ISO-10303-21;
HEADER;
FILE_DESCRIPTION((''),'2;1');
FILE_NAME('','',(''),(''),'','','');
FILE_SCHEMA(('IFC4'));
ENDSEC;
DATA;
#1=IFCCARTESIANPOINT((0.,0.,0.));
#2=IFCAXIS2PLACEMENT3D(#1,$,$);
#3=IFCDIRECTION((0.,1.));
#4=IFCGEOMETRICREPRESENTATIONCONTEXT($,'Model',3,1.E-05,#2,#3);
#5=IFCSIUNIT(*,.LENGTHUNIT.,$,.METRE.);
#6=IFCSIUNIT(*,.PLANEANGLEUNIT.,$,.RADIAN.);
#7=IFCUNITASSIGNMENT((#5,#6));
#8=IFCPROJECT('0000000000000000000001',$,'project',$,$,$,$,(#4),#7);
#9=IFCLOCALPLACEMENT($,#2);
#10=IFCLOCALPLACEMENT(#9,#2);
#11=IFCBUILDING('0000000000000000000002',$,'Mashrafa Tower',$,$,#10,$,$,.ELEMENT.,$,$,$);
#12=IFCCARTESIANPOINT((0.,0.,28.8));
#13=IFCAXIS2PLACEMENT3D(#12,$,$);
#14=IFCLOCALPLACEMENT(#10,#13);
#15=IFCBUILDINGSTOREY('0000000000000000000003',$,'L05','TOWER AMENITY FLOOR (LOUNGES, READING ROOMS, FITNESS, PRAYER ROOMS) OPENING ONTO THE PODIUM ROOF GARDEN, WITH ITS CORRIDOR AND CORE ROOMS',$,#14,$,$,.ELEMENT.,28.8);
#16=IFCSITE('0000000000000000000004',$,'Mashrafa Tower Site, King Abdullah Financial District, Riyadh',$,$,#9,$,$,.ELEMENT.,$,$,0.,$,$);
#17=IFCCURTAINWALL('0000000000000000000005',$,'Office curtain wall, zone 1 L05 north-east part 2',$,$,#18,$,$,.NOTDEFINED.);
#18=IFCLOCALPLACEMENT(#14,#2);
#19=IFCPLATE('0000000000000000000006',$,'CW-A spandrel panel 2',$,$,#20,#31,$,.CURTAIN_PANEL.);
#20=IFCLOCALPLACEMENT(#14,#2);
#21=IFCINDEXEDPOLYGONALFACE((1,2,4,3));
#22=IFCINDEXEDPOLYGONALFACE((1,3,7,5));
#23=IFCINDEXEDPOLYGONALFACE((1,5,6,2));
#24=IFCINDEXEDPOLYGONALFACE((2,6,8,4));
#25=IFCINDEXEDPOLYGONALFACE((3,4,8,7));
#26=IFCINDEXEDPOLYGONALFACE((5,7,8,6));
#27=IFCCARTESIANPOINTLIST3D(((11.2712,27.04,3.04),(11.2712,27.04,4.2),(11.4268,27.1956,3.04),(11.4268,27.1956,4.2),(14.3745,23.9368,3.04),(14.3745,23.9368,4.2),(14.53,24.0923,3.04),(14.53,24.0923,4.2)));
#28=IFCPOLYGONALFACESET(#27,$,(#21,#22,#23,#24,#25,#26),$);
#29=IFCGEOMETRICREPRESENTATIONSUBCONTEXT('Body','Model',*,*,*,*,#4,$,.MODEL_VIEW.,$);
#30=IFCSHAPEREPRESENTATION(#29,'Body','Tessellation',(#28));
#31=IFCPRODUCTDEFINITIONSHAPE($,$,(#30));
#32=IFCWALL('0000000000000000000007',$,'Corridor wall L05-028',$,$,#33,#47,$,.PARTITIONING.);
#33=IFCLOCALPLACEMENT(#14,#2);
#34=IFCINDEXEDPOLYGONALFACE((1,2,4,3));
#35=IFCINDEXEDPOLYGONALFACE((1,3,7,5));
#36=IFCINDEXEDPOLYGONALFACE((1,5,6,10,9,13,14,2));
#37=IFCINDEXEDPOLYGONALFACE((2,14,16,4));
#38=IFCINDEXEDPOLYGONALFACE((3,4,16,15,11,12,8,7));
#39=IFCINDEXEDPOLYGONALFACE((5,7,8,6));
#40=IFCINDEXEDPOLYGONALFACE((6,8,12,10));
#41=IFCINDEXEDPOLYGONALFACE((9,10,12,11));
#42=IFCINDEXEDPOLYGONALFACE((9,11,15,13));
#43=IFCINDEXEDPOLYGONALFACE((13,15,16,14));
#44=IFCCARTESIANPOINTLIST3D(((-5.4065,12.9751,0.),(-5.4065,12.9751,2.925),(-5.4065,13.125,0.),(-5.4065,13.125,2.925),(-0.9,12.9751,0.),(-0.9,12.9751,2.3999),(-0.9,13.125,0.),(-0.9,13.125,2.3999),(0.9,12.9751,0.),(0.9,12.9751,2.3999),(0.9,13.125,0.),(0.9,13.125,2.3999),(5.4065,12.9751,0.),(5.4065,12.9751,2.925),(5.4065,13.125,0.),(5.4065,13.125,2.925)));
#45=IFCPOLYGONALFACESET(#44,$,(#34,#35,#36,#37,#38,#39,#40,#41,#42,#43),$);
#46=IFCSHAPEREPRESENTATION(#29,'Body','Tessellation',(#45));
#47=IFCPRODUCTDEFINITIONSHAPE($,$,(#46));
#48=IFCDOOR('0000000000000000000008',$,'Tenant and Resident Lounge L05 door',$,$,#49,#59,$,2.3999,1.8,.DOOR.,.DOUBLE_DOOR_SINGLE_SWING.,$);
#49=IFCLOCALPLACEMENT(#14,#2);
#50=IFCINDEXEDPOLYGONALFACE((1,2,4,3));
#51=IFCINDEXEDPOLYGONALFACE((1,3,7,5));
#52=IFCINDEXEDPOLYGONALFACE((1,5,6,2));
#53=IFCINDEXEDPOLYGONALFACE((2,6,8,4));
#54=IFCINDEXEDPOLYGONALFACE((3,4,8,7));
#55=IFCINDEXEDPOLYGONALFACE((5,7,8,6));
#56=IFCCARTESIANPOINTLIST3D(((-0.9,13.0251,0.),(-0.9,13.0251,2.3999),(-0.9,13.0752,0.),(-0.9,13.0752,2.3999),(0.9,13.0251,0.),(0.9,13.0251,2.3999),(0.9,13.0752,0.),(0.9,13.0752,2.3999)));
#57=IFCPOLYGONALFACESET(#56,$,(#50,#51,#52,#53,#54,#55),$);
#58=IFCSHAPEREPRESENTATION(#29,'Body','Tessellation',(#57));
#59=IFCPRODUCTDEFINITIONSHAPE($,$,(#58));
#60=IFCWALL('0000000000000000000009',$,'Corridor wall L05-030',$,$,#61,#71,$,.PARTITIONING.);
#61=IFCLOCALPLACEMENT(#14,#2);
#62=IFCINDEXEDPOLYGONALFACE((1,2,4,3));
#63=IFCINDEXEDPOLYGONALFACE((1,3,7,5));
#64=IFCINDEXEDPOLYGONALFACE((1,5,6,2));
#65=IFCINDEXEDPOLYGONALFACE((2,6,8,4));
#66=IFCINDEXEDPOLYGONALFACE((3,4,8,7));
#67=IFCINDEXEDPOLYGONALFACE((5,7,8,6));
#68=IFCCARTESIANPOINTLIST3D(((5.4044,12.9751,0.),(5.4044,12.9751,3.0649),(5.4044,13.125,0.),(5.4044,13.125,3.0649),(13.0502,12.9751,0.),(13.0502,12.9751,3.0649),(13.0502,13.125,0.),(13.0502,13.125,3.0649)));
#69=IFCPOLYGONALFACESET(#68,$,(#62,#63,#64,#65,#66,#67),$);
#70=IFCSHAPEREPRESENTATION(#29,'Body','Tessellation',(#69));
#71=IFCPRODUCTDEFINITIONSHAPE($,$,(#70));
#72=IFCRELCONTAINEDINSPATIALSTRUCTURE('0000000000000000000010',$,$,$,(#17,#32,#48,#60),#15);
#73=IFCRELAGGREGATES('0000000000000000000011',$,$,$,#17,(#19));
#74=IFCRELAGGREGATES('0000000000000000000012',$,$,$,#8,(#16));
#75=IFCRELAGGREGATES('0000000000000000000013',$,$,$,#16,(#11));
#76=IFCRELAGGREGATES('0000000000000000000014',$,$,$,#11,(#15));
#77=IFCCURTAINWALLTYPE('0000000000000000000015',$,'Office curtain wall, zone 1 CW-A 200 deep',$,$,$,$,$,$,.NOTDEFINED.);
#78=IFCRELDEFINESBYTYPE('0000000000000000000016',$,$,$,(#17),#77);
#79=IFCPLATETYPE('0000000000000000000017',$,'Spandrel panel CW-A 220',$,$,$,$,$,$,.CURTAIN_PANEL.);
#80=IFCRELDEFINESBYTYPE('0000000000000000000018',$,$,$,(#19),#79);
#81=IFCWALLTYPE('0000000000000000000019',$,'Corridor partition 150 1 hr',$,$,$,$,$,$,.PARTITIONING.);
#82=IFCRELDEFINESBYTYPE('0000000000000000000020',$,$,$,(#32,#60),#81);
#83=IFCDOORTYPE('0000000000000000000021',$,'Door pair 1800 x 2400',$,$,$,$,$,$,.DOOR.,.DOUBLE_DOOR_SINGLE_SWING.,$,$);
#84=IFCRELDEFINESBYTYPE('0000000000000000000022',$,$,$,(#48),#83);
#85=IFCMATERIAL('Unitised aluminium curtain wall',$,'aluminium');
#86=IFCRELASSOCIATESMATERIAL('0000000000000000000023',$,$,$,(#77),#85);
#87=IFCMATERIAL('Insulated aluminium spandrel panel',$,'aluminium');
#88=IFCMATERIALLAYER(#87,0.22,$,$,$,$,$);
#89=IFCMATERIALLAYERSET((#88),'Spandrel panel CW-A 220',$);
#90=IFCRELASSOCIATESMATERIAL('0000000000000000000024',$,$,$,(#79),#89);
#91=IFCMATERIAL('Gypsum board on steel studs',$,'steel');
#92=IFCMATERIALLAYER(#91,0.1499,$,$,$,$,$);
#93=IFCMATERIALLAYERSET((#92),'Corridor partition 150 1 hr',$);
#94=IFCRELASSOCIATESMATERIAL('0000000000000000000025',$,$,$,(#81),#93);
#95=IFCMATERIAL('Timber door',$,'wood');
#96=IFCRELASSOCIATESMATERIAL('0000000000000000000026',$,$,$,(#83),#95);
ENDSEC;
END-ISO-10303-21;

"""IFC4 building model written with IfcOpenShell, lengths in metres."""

from ifc_helpers import new_model, si_unit, direction, frame, frame_2d, origin, origin_2d, place, context, subcontext, project, spatial, rectangle, extrude, source, transform, mapped, material, layer, layer_set, type_object, type_shapes, element, fill, aggregate, save


model = new_model("IFC4")

# Units and contexts
model_context = context("Model", 3, precision=1e-05, world=origin(), true_north=direction((0.0, 1.0)))
body_context = subcontext(model_context, "Body", "Model", "MODEL_VIEW")
ifc_project = project(units=[si_unit("LENGTHUNIT", "METRE"), si_unit("PLANEANGLEUNIT", "RADIAN")], contexts=[model_context])

# Site, building, storey
site_placement = place(None, origin())
site = spatial("IfcSite", under=ifc_project, at=site_placement, Name="Mashrafa Tower Site, King Abdullah Financial District, Riyadh", CompositionType="ELEMENT", RefElevation=0.0)
building_placement = place(site_placement, origin())
building = spatial("IfcBuilding", under=site, at=building_placement, Name="Mashrafa Tower", CompositionType="ELEMENT")
storey_placement = place(building_placement, frame((0.0, 0.0, 28.8)))
storey = spatial("IfcBuildingStorey", under=building, at=storey_placement, Name="L05", Description="TOWER AMENITY FLOOR (LOUNGES, READING ROOMS, FITNESS, PRAYER ROOMS) OPENING ONTO THE PODIUM ROOF GARDEN, WITH ITS CORRIDOR AND CORE ROOMS", CompositionType="ELEMENT", Elevation=28.8)

# Curtain wall, plate
ifc_material_1 = material(Name="Unitised aluminium curtain wall", Category="aluminium")
curtain_wall_type = type_object("IfcCurtainWallType", Name="Office curtain wall, zone 1 CW-A 200 deep", PredefinedType="NOTDEFINED", material=ifc_material_1)
curtain_wall_placement = place(storey_placement, origin())
curtain_wall = element("IfcCurtainWall", 1, at=curtain_wall_placement, inside=storey, type_object=curtain_wall_type, Name="Office curtain wall, zone 1 L05 north-east part 2", PredefinedType="NOTDEFINED")
ifc_material_2 = material(Name="Insulated aluminium spandrel panel", Category="aluminium")
ifc_layer_1 = layer(ifc_material_2, 0.22)
ifc_layer_set_1 = layer_set([ifc_layer_1], Name="Spandrel panel CW-A 220")
plate_type_1 = type_object("IfcPlateType", Name="Spandrel panel CW-A 220", PredefinedType="CURTAIN_PANEL", material=ifc_layer_set_1)
shared_shape_1 = source(origin(), body_context, "Body", "SweptSolid", [
    extrude(rectangle(XDim=4.3887, YDim=0.22, at=origin_2d()), origin(), (0.0, 0.0, 1.0), 1.1599),
])
type_shapes(plate_type_1, [shared_shape_1])
plate_1_placement = place(storey_placement, frame((12.9006, 25.5662, 3.04), z_axis=(0.0, 0.0, 1.0), x_axis=(-0.707107, 0.707107, 0.0)))
plate_1 = element("IfcPlate", 2, at=plate_1_placement, type_object=plate_type_1, Name="CW-A spandrel panel 2", PredefinedType="CURTAIN_PANEL", context=body_context, shape_type="MappedRepresentation", body=[
    mapped(shared_shape_1, transform((0.0, 0.0, 0.0))),
])
aggregate(curtain_wall, [plate_1])

# Wall, opening, door
ifc_material_3 = material(Name="Gypsum board on steel studs", Category="steel")
ifc_layer_2 = layer(ifc_material_3, 0.1499)
ifc_layer_set_2 = layer_set([ifc_layer_2], Name="Corridor partition 150 1 hr")
wall_type = type_object("IfcWallType", Name="Corridor partition 150 1 hr", PredefinedType="PARTITIONING", material=ifc_layer_set_2)
wall_1_placement = place(storey_placement, frame((5.4065, 13.05, 0.0), z_axis=(0.0, 0.0, 1.0), x_axis=(-1.0, 0.0, 0.0)))
wall_1 = element("IfcWall", 3, at=wall_1_placement, inside=storey, type_object=wall_type, Name="Corridor wall L05-028", PredefinedType="PARTITIONING", context=body_context, shape_type="SweptSolid", body=[
    extrude(rectangle(XDim=10.813, YDim=0.1499, at=frame_2d((5.4065, 0.0))), origin(), (0.0, 0.0, 1.0), 2.925),
])
opening_placement = place(wall_1_placement, frame((4.5066, 0.0, 0.0)))
opening = element("IfcOpeningElement", 4, at=opening_placement, cuts=wall_1, PredefinedType="OPENING", context=body_context, shape_type="SweptSolid", body=[
    extrude(rectangle(XDim=1.8, YDim=2.3999, at=frame_2d((0.8999, 1.2))), frame((0.0, 0.085, 0.0), z_axis=(0.0, -1.0, 0.0), x_axis=(1.0, 0.0, 0.0)), (0.0, 0.0, 1.0), 0.1699),
])
ifc_material_4 = material(Name="Timber door", Category="wood")
door_type = type_object("IfcDoorType", Name="Door pair 1800 x 2400", OperationType="DOUBLE_DOOR_SINGLE_SWING", PredefinedType="DOOR", material=ifc_material_4)
door_placement = place(opening_placement, origin())
door = element("IfcDoor", 5, at=door_placement, inside=storey, type_object=door_type, Name="Tenant and Resident Lounge L05 door", OperationType="DOUBLE_DOOR_SINGLE_SWING", OverallHeight=2.3999, OverallWidth=1.8, PredefinedType="DOOR", context=body_context, shape_type="SweptSolid", body=[
    extrude(rectangle(XDim=1.8, YDim=2.3999, at=frame_2d((0.8999, 1.2))), frame((0.0, 0.0249, 0.0), z_axis=(0.0, -1.0, 0.0), x_axis=(1.0, 0.0, 0.0)), (0.0, 0.0, 1.0), 0.05),
])
fill(opening, door)

# Wall
wall_2_placement = place(storey_placement, frame((13.05, 13.05, 0.0), z_axis=(0.0, 0.0, 1.0), x_axis=(-1.0, 0.0, 0.0)))
element("IfcWall", 6, at=wall_2_placement, inside=storey, type_object=wall_type, Name="Corridor wall L05-030", PredefinedType="PARTITIONING", context=body_context, shape_type="SweptSolid", body=[
    extrude(rectangle(XDim=7.6458, YDim=0.1499, at=frame_2d((3.8228, 0.0))), origin(), (0.0, 0.0, 1.0), 3.0649),
])

save(model, "model.ifc")
